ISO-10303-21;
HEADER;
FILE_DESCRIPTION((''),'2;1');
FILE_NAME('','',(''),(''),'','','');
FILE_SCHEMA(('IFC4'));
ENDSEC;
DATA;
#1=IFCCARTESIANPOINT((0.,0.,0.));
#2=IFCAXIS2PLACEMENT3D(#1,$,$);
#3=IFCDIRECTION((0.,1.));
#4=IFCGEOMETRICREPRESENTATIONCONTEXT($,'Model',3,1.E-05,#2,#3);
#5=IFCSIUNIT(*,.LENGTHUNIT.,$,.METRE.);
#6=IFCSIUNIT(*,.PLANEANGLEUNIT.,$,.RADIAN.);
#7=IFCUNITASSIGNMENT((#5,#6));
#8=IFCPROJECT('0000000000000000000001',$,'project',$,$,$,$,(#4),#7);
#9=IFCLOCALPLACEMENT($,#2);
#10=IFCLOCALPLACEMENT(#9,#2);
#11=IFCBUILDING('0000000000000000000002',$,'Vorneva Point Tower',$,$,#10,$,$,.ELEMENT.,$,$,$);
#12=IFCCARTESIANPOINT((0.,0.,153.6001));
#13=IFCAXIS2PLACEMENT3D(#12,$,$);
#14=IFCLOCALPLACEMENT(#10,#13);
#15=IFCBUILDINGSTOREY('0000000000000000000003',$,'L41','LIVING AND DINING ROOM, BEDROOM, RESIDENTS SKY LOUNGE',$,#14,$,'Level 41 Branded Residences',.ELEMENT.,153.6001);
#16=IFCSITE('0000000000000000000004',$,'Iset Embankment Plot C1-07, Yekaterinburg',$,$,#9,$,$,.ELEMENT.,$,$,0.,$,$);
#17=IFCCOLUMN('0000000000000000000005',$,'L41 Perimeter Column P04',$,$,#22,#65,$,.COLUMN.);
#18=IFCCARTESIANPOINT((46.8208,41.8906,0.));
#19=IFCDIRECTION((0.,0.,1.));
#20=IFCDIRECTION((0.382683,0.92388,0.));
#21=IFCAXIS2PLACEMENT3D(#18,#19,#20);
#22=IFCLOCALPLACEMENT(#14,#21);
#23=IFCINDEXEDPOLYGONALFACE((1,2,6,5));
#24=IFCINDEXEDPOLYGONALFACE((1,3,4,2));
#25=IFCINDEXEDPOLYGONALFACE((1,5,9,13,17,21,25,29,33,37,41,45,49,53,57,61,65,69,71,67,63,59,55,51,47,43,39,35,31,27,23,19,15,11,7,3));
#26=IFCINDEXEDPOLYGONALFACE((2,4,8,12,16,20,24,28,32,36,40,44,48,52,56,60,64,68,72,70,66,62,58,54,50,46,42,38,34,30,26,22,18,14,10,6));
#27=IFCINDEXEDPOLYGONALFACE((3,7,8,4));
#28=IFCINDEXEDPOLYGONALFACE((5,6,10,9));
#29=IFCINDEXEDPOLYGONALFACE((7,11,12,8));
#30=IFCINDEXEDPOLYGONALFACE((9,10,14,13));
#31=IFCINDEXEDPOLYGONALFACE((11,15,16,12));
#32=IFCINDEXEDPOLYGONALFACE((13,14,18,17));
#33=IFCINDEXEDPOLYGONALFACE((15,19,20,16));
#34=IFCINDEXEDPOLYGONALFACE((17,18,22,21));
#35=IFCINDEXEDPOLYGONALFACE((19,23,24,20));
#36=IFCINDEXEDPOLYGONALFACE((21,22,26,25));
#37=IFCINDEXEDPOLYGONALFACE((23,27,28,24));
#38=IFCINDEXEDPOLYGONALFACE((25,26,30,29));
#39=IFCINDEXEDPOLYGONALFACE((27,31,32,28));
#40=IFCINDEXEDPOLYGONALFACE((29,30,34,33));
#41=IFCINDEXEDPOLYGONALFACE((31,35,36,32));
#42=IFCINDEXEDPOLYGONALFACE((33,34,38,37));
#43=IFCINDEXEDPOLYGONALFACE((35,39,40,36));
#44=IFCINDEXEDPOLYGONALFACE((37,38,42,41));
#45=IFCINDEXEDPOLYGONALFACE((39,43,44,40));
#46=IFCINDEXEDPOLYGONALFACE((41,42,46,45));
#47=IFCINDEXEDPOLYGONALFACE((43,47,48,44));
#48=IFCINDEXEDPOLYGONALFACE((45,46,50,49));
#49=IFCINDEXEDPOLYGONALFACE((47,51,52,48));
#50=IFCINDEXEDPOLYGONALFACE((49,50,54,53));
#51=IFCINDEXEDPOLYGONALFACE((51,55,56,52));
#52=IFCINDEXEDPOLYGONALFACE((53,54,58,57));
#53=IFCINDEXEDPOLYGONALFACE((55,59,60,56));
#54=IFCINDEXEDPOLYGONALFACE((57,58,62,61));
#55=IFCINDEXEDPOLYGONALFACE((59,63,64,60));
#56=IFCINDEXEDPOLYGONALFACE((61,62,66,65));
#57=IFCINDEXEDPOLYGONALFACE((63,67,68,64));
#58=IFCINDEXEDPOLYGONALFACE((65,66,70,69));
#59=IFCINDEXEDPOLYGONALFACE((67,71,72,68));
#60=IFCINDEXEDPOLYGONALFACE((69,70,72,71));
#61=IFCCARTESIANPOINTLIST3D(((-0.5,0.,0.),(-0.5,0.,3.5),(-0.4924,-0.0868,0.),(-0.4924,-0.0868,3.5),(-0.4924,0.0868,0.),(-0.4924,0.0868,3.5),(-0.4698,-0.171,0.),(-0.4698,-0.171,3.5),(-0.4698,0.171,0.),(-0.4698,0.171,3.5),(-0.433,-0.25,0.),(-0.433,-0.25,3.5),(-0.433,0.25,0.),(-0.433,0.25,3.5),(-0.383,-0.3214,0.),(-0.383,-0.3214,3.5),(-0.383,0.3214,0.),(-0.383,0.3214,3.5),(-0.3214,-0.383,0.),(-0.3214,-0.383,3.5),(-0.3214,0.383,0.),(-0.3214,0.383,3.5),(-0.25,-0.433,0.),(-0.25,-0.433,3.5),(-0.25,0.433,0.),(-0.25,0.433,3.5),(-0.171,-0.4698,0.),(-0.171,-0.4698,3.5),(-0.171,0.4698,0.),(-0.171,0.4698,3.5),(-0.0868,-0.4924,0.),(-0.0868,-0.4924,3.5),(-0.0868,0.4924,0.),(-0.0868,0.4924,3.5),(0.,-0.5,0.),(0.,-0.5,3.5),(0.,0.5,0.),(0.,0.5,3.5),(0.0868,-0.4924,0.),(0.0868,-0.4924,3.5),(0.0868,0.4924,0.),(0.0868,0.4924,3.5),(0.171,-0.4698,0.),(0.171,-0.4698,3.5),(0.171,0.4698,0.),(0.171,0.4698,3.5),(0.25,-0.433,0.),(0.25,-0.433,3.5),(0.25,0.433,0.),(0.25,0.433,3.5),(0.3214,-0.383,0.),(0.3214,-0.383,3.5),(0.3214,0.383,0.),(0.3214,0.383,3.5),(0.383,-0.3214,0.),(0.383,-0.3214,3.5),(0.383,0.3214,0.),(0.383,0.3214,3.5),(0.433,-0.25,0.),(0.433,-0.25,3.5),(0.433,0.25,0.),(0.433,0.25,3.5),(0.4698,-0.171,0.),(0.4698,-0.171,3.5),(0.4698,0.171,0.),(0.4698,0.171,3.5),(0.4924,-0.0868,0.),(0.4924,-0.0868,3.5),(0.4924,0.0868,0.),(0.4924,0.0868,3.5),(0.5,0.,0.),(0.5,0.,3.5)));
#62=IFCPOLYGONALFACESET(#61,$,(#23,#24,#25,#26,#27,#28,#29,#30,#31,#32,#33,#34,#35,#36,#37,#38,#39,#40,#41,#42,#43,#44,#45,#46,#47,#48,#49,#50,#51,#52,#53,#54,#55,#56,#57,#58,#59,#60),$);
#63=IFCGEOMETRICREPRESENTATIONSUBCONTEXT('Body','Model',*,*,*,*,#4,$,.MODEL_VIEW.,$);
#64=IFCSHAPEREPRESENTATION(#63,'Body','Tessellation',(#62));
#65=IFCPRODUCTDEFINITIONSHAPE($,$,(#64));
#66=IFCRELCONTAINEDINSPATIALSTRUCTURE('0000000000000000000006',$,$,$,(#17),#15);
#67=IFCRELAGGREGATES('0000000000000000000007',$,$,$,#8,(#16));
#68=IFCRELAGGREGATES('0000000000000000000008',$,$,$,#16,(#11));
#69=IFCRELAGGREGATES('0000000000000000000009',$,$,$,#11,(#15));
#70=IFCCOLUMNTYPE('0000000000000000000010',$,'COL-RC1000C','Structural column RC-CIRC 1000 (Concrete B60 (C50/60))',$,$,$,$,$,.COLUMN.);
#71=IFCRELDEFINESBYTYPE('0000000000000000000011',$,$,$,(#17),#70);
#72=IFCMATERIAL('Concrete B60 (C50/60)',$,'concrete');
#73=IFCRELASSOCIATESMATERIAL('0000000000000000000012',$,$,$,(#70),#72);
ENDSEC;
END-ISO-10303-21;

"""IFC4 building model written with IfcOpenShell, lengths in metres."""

from ifc_helpers import new_model, si_unit, direction, frame, origin, origin_2d, place, context, subcontext, project, spatial, circle, extrude, material, material_profile, profile_set, type_object, element, save


model = new_model("IFC4")

# Units and contexts
model_context = context("Model", 3, precision=1e-05, world=origin(), true_north=direction((0.0, 1.0)))
body_context = subcontext(model_context, "Body", "Model", "MODEL_VIEW")
ifc_project = project(units=[si_unit("LENGTHUNIT", "METRE"), si_unit("PLANEANGLEUNIT", "RADIAN")], contexts=[model_context])

# Site, building, storey
site_placement = place(None, origin())
site = spatial("IfcSite", under=ifc_project, at=site_placement, Name="Iset Embankment Plot C1-07, Yekaterinburg", CompositionType="ELEMENT", RefElevation=0.0)
building_placement = place(site_placement, origin())
building = spatial("IfcBuilding", under=site, at=building_placement, Name="Vorneva Point Tower", CompositionType="ELEMENT")
storey_placement = place(building_placement, frame((0.0, 0.0, 153.6001)))
storey = spatial("IfcBuildingStorey", under=building, at=storey_placement, Name="L41", Description="LIVING AND DINING ROOM, BEDROOM, RESIDENTS SKY LOUNGE", LongName="Level 41 Branded Residences", CompositionType="ELEMENT", Elevation=153.6001)

# Column
ifc_material_1 = material(Name="Concrete B60 (C50/60)", Category="concrete")
ifc_material_profile_1 = material_profile(ifc_material_1, circle(Radius=0.5, at=origin_2d()), Name="RC-CIRC 1000")
ifc_profile_set_1 = profile_set([ifc_material_profile_1], Name="Concrete B60 (C50/60)")
column_type = type_object("IfcColumnType", Name="COL-RC1000C", Description="Structural column RC-CIRC 1000 (Concrete B60 (C50/60))", PredefinedType="COLUMN", material=ifc_profile_set_1)
column_placement = place(storey_placement, frame((46.8208, 41.8906, 0.0), z_axis=(0.0, 0.0, 1.0), x_axis=(0.382683, 0.92388, 0.0)))
element("IfcColumn", 1, at=column_placement, inside=storey, type_object=column_type, Name="L41 Perimeter Column P04", PredefinedType="COLUMN", context=body_context, shape_type="SweptSolid", body=[
    extrude(circle(Radius=0.5, at=origin_2d()), origin(), (0.0, 0.0, 1.0), 3.5),
])

save(model, "model.ifc")
